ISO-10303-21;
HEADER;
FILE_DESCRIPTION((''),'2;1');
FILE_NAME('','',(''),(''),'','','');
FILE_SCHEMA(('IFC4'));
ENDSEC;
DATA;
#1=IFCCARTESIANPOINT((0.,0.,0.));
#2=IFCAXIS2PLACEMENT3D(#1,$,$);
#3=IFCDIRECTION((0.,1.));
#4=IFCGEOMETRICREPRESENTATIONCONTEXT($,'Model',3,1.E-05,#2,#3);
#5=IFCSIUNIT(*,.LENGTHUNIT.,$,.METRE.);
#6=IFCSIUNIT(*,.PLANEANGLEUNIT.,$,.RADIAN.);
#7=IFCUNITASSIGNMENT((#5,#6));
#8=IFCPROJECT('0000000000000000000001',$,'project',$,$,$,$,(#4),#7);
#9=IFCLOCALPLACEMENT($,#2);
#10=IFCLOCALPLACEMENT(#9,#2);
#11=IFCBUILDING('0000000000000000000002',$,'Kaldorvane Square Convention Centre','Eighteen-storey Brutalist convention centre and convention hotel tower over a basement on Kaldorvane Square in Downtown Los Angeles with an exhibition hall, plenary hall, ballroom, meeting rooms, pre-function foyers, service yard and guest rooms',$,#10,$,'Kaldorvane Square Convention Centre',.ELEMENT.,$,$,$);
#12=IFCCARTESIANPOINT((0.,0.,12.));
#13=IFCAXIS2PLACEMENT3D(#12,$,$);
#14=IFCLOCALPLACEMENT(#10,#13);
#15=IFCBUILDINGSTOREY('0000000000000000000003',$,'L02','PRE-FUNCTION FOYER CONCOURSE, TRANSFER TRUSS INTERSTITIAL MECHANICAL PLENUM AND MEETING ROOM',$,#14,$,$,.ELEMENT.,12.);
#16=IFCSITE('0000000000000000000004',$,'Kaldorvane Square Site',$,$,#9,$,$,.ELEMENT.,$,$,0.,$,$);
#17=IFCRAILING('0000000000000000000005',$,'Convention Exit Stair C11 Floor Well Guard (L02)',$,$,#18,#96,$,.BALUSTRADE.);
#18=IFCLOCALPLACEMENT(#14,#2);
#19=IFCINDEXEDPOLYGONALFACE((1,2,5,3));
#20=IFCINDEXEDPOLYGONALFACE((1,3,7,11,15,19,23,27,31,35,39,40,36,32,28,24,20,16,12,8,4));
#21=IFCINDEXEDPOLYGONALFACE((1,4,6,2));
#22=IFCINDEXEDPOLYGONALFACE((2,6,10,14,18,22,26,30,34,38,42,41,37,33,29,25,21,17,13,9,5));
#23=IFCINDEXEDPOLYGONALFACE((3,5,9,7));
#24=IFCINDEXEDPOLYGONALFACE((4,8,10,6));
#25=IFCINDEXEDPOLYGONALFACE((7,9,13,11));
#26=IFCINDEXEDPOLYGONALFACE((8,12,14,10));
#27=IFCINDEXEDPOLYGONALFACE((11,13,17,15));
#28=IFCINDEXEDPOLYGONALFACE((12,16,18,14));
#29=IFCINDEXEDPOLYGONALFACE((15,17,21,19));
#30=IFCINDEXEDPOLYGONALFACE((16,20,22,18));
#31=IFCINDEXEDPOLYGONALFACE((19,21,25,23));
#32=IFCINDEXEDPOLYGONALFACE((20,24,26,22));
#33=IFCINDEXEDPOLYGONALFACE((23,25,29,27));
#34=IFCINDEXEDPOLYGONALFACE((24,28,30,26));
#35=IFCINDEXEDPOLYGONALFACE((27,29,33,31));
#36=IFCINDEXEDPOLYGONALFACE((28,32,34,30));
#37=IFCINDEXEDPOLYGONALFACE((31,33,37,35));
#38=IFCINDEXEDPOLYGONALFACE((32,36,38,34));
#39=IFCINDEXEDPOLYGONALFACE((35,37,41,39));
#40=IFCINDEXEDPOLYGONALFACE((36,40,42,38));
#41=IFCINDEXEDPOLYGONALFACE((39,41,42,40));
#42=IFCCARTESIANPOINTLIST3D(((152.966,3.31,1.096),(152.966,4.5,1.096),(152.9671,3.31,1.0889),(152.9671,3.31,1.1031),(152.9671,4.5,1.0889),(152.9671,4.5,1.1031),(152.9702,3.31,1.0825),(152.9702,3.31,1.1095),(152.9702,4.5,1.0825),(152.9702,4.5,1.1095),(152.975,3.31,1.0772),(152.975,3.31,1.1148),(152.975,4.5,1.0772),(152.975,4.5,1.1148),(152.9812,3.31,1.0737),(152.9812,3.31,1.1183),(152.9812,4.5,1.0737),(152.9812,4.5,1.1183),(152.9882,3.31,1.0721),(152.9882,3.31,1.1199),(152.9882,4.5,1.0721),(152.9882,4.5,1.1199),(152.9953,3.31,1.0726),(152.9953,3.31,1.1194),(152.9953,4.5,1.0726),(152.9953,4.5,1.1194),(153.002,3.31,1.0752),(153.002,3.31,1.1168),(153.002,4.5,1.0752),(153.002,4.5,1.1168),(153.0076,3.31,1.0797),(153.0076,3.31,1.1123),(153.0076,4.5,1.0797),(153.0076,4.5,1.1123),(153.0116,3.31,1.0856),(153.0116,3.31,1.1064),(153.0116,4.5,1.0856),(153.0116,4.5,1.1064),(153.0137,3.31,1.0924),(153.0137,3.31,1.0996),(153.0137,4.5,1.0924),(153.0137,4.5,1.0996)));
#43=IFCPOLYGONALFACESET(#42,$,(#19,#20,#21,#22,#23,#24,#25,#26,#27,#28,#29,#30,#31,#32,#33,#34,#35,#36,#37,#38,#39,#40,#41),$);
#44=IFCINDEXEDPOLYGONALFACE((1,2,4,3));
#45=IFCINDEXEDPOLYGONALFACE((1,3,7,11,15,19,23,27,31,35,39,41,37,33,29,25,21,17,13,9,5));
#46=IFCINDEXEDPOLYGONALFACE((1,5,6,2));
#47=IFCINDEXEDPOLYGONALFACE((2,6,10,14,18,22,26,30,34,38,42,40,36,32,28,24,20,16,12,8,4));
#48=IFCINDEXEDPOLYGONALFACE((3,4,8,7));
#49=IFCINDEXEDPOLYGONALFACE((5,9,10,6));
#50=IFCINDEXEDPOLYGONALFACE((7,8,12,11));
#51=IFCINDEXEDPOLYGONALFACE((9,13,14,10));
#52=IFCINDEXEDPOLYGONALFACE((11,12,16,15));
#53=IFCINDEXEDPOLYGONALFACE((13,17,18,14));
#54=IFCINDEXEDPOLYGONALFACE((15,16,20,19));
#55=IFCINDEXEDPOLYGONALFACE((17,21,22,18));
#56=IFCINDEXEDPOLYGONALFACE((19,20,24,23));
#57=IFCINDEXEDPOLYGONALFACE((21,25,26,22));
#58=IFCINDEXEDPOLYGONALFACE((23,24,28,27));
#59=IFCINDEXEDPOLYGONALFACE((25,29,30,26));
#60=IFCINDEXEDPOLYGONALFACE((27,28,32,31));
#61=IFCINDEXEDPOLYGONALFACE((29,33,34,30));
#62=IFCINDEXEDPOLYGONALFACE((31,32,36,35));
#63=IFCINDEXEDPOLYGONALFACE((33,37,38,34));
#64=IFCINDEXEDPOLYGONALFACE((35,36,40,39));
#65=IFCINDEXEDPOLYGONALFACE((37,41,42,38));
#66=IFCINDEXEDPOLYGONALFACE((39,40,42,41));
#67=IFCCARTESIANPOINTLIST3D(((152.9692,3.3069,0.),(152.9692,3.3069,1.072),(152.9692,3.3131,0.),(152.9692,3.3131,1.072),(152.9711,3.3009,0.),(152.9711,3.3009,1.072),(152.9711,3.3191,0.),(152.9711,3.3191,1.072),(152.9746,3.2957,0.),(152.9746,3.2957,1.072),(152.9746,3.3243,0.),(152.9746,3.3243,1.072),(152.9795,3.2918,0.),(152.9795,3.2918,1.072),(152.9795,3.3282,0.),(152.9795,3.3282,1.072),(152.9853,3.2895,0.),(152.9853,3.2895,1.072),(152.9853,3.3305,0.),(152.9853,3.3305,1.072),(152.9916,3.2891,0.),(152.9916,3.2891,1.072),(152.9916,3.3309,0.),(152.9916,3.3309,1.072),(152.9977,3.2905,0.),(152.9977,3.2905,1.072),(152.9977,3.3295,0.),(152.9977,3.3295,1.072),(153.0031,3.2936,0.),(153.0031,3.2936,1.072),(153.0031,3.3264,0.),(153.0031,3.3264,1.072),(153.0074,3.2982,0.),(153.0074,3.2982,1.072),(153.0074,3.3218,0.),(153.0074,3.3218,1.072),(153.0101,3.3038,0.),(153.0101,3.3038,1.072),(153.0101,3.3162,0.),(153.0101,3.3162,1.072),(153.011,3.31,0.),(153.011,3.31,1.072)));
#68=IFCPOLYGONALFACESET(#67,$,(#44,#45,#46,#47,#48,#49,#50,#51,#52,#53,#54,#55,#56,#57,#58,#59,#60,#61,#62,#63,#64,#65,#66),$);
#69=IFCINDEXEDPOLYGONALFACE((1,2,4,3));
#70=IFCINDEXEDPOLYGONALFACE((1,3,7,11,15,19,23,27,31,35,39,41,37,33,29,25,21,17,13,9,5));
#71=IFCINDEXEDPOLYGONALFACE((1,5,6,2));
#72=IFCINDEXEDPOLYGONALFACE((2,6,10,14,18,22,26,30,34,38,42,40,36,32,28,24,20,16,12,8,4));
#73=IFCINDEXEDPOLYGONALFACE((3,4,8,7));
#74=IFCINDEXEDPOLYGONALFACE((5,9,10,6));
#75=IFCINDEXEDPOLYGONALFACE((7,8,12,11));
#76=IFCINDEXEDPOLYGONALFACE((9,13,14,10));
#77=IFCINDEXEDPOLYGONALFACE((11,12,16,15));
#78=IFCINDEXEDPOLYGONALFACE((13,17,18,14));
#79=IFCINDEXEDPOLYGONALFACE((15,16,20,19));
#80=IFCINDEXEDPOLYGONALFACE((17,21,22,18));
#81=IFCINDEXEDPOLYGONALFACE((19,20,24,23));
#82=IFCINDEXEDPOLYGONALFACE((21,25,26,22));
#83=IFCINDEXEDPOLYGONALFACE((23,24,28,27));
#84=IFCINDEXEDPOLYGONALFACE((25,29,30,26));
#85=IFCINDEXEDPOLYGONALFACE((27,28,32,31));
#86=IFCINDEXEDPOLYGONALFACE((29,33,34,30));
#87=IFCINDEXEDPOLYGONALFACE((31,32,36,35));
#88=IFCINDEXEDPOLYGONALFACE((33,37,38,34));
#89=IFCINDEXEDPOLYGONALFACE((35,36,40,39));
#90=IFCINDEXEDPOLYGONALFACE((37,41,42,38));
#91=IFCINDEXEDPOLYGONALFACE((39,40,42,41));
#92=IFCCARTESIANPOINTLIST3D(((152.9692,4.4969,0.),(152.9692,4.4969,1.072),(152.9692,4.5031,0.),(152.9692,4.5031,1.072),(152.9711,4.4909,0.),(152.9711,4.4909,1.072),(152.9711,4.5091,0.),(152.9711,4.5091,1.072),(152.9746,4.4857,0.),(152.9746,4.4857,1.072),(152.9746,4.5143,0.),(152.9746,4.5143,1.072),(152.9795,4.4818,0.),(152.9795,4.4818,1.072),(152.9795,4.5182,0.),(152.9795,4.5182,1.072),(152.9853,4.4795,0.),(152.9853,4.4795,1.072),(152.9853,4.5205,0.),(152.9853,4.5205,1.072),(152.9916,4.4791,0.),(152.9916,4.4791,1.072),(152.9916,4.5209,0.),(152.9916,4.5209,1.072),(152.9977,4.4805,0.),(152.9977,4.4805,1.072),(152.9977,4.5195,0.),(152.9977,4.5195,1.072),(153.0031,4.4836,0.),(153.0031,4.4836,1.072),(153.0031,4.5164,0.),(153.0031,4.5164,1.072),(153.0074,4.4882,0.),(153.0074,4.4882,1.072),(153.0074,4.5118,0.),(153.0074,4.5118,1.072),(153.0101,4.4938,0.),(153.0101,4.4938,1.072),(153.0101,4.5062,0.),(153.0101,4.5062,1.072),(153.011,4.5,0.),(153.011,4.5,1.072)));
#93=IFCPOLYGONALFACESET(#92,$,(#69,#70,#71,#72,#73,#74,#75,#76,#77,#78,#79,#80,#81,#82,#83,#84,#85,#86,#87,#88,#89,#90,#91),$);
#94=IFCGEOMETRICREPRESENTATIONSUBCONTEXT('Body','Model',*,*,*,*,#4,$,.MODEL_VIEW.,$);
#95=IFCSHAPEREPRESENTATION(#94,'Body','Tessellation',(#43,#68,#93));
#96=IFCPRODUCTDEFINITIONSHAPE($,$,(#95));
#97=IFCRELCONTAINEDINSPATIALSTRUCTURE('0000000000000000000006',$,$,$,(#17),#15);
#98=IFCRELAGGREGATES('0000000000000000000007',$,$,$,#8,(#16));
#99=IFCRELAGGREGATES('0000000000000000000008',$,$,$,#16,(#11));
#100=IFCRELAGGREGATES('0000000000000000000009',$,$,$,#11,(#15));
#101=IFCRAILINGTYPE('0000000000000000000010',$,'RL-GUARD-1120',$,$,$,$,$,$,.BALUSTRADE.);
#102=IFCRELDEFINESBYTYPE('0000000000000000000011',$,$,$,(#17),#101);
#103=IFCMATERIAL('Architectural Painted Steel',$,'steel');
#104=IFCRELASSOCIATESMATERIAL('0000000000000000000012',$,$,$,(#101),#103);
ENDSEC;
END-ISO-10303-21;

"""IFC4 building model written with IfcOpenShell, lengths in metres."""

from ifc_helpers import new_model, si_unit, direction, frame, origin, origin_2d, place, context, subcontext, project, spatial, circle, extrude, material, type_object, element, save


model = new_model("IFC4")

# Units and contexts
model_context = context("Model", 3, precision=1e-05, world=origin(), true_north=direction((0.0, 1.0)))
body_context = subcontext(model_context, "Body", "Model", "MODEL_VIEW")
ifc_project = project(units=[si_unit("LENGTHUNIT", "METRE"), si_unit("PLANEANGLEUNIT", "RADIAN")], contexts=[model_context])

# Site, building, storey
site_placement = place(None, origin())
site = spatial("IfcSite", under=ifc_project, at=site_placement, Name="Kaldorvane Square Site", CompositionType="ELEMENT", RefElevation=0.0)
building_placement = place(site_placement, origin())
building = spatial("IfcBuilding", under=site, at=building_placement, Name="Kaldorvane Square Convention Centre", Description="Eighteen-storey Brutalist convention centre and convention hotel tower over a basement on Kaldorvane Square in Downtown Los Angeles with an exhibition hall, plenary hall, ballroom, meeting rooms, pre-function foyers, service yard and guest rooms", LongName="Kaldorvane Square Convention Centre", CompositionType="ELEMENT")
storey_placement = place(building_placement, frame((0.0, 0.0, 12.0)))
storey = spatial("IfcBuildingStorey", under=building, at=storey_placement, Name="L02", Description="PRE-FUNCTION FOYER CONCOURSE, TRANSFER TRUSS INTERSTITIAL MECHANICAL PLENUM AND MEETING ROOM", CompositionType="ELEMENT", Elevation=12.0)

# Railing
ifc_material_1 = material(Name="Architectural Painted Steel", Category="steel")
railing_type_1 = type_object("IfcRailingType", Name="RL-GUARD-1120", PredefinedType="BALUSTRADE", material=ifc_material_1)
railing_1_placement = place(storey_placement, frame((152.99, 3.31, 0.0)))
element("IfcRailing", 1, at=railing_1_placement, inside=storey, type_object=railing_type_1, Name="Convention Exit Stair C11 Floor Well Guard (L02)", PredefinedType="BALUSTRADE", context=body_context, shape_type="SweptSolid", body=[
    extrude(circle(Radius=0.024, at=origin_2d()), frame((0.0, 0.0, 1.096), z_axis=(0.0, 1.0, 0.0), x_axis=(-1.0, 0.0, 0.0)), (0.0, 0.0, 1.0), 1.19),
    extrude(circle(Radius=0.021, at=origin_2d()), origin(), (0.0, 0.0, 1.0), 1.072),
    extrude(circle(Radius=0.021, at=origin_2d()), frame((0.0, 1.19, 0.0)), (0.0, 0.0, 1.0), 1.072),
])

save(model, "model.ifc")
